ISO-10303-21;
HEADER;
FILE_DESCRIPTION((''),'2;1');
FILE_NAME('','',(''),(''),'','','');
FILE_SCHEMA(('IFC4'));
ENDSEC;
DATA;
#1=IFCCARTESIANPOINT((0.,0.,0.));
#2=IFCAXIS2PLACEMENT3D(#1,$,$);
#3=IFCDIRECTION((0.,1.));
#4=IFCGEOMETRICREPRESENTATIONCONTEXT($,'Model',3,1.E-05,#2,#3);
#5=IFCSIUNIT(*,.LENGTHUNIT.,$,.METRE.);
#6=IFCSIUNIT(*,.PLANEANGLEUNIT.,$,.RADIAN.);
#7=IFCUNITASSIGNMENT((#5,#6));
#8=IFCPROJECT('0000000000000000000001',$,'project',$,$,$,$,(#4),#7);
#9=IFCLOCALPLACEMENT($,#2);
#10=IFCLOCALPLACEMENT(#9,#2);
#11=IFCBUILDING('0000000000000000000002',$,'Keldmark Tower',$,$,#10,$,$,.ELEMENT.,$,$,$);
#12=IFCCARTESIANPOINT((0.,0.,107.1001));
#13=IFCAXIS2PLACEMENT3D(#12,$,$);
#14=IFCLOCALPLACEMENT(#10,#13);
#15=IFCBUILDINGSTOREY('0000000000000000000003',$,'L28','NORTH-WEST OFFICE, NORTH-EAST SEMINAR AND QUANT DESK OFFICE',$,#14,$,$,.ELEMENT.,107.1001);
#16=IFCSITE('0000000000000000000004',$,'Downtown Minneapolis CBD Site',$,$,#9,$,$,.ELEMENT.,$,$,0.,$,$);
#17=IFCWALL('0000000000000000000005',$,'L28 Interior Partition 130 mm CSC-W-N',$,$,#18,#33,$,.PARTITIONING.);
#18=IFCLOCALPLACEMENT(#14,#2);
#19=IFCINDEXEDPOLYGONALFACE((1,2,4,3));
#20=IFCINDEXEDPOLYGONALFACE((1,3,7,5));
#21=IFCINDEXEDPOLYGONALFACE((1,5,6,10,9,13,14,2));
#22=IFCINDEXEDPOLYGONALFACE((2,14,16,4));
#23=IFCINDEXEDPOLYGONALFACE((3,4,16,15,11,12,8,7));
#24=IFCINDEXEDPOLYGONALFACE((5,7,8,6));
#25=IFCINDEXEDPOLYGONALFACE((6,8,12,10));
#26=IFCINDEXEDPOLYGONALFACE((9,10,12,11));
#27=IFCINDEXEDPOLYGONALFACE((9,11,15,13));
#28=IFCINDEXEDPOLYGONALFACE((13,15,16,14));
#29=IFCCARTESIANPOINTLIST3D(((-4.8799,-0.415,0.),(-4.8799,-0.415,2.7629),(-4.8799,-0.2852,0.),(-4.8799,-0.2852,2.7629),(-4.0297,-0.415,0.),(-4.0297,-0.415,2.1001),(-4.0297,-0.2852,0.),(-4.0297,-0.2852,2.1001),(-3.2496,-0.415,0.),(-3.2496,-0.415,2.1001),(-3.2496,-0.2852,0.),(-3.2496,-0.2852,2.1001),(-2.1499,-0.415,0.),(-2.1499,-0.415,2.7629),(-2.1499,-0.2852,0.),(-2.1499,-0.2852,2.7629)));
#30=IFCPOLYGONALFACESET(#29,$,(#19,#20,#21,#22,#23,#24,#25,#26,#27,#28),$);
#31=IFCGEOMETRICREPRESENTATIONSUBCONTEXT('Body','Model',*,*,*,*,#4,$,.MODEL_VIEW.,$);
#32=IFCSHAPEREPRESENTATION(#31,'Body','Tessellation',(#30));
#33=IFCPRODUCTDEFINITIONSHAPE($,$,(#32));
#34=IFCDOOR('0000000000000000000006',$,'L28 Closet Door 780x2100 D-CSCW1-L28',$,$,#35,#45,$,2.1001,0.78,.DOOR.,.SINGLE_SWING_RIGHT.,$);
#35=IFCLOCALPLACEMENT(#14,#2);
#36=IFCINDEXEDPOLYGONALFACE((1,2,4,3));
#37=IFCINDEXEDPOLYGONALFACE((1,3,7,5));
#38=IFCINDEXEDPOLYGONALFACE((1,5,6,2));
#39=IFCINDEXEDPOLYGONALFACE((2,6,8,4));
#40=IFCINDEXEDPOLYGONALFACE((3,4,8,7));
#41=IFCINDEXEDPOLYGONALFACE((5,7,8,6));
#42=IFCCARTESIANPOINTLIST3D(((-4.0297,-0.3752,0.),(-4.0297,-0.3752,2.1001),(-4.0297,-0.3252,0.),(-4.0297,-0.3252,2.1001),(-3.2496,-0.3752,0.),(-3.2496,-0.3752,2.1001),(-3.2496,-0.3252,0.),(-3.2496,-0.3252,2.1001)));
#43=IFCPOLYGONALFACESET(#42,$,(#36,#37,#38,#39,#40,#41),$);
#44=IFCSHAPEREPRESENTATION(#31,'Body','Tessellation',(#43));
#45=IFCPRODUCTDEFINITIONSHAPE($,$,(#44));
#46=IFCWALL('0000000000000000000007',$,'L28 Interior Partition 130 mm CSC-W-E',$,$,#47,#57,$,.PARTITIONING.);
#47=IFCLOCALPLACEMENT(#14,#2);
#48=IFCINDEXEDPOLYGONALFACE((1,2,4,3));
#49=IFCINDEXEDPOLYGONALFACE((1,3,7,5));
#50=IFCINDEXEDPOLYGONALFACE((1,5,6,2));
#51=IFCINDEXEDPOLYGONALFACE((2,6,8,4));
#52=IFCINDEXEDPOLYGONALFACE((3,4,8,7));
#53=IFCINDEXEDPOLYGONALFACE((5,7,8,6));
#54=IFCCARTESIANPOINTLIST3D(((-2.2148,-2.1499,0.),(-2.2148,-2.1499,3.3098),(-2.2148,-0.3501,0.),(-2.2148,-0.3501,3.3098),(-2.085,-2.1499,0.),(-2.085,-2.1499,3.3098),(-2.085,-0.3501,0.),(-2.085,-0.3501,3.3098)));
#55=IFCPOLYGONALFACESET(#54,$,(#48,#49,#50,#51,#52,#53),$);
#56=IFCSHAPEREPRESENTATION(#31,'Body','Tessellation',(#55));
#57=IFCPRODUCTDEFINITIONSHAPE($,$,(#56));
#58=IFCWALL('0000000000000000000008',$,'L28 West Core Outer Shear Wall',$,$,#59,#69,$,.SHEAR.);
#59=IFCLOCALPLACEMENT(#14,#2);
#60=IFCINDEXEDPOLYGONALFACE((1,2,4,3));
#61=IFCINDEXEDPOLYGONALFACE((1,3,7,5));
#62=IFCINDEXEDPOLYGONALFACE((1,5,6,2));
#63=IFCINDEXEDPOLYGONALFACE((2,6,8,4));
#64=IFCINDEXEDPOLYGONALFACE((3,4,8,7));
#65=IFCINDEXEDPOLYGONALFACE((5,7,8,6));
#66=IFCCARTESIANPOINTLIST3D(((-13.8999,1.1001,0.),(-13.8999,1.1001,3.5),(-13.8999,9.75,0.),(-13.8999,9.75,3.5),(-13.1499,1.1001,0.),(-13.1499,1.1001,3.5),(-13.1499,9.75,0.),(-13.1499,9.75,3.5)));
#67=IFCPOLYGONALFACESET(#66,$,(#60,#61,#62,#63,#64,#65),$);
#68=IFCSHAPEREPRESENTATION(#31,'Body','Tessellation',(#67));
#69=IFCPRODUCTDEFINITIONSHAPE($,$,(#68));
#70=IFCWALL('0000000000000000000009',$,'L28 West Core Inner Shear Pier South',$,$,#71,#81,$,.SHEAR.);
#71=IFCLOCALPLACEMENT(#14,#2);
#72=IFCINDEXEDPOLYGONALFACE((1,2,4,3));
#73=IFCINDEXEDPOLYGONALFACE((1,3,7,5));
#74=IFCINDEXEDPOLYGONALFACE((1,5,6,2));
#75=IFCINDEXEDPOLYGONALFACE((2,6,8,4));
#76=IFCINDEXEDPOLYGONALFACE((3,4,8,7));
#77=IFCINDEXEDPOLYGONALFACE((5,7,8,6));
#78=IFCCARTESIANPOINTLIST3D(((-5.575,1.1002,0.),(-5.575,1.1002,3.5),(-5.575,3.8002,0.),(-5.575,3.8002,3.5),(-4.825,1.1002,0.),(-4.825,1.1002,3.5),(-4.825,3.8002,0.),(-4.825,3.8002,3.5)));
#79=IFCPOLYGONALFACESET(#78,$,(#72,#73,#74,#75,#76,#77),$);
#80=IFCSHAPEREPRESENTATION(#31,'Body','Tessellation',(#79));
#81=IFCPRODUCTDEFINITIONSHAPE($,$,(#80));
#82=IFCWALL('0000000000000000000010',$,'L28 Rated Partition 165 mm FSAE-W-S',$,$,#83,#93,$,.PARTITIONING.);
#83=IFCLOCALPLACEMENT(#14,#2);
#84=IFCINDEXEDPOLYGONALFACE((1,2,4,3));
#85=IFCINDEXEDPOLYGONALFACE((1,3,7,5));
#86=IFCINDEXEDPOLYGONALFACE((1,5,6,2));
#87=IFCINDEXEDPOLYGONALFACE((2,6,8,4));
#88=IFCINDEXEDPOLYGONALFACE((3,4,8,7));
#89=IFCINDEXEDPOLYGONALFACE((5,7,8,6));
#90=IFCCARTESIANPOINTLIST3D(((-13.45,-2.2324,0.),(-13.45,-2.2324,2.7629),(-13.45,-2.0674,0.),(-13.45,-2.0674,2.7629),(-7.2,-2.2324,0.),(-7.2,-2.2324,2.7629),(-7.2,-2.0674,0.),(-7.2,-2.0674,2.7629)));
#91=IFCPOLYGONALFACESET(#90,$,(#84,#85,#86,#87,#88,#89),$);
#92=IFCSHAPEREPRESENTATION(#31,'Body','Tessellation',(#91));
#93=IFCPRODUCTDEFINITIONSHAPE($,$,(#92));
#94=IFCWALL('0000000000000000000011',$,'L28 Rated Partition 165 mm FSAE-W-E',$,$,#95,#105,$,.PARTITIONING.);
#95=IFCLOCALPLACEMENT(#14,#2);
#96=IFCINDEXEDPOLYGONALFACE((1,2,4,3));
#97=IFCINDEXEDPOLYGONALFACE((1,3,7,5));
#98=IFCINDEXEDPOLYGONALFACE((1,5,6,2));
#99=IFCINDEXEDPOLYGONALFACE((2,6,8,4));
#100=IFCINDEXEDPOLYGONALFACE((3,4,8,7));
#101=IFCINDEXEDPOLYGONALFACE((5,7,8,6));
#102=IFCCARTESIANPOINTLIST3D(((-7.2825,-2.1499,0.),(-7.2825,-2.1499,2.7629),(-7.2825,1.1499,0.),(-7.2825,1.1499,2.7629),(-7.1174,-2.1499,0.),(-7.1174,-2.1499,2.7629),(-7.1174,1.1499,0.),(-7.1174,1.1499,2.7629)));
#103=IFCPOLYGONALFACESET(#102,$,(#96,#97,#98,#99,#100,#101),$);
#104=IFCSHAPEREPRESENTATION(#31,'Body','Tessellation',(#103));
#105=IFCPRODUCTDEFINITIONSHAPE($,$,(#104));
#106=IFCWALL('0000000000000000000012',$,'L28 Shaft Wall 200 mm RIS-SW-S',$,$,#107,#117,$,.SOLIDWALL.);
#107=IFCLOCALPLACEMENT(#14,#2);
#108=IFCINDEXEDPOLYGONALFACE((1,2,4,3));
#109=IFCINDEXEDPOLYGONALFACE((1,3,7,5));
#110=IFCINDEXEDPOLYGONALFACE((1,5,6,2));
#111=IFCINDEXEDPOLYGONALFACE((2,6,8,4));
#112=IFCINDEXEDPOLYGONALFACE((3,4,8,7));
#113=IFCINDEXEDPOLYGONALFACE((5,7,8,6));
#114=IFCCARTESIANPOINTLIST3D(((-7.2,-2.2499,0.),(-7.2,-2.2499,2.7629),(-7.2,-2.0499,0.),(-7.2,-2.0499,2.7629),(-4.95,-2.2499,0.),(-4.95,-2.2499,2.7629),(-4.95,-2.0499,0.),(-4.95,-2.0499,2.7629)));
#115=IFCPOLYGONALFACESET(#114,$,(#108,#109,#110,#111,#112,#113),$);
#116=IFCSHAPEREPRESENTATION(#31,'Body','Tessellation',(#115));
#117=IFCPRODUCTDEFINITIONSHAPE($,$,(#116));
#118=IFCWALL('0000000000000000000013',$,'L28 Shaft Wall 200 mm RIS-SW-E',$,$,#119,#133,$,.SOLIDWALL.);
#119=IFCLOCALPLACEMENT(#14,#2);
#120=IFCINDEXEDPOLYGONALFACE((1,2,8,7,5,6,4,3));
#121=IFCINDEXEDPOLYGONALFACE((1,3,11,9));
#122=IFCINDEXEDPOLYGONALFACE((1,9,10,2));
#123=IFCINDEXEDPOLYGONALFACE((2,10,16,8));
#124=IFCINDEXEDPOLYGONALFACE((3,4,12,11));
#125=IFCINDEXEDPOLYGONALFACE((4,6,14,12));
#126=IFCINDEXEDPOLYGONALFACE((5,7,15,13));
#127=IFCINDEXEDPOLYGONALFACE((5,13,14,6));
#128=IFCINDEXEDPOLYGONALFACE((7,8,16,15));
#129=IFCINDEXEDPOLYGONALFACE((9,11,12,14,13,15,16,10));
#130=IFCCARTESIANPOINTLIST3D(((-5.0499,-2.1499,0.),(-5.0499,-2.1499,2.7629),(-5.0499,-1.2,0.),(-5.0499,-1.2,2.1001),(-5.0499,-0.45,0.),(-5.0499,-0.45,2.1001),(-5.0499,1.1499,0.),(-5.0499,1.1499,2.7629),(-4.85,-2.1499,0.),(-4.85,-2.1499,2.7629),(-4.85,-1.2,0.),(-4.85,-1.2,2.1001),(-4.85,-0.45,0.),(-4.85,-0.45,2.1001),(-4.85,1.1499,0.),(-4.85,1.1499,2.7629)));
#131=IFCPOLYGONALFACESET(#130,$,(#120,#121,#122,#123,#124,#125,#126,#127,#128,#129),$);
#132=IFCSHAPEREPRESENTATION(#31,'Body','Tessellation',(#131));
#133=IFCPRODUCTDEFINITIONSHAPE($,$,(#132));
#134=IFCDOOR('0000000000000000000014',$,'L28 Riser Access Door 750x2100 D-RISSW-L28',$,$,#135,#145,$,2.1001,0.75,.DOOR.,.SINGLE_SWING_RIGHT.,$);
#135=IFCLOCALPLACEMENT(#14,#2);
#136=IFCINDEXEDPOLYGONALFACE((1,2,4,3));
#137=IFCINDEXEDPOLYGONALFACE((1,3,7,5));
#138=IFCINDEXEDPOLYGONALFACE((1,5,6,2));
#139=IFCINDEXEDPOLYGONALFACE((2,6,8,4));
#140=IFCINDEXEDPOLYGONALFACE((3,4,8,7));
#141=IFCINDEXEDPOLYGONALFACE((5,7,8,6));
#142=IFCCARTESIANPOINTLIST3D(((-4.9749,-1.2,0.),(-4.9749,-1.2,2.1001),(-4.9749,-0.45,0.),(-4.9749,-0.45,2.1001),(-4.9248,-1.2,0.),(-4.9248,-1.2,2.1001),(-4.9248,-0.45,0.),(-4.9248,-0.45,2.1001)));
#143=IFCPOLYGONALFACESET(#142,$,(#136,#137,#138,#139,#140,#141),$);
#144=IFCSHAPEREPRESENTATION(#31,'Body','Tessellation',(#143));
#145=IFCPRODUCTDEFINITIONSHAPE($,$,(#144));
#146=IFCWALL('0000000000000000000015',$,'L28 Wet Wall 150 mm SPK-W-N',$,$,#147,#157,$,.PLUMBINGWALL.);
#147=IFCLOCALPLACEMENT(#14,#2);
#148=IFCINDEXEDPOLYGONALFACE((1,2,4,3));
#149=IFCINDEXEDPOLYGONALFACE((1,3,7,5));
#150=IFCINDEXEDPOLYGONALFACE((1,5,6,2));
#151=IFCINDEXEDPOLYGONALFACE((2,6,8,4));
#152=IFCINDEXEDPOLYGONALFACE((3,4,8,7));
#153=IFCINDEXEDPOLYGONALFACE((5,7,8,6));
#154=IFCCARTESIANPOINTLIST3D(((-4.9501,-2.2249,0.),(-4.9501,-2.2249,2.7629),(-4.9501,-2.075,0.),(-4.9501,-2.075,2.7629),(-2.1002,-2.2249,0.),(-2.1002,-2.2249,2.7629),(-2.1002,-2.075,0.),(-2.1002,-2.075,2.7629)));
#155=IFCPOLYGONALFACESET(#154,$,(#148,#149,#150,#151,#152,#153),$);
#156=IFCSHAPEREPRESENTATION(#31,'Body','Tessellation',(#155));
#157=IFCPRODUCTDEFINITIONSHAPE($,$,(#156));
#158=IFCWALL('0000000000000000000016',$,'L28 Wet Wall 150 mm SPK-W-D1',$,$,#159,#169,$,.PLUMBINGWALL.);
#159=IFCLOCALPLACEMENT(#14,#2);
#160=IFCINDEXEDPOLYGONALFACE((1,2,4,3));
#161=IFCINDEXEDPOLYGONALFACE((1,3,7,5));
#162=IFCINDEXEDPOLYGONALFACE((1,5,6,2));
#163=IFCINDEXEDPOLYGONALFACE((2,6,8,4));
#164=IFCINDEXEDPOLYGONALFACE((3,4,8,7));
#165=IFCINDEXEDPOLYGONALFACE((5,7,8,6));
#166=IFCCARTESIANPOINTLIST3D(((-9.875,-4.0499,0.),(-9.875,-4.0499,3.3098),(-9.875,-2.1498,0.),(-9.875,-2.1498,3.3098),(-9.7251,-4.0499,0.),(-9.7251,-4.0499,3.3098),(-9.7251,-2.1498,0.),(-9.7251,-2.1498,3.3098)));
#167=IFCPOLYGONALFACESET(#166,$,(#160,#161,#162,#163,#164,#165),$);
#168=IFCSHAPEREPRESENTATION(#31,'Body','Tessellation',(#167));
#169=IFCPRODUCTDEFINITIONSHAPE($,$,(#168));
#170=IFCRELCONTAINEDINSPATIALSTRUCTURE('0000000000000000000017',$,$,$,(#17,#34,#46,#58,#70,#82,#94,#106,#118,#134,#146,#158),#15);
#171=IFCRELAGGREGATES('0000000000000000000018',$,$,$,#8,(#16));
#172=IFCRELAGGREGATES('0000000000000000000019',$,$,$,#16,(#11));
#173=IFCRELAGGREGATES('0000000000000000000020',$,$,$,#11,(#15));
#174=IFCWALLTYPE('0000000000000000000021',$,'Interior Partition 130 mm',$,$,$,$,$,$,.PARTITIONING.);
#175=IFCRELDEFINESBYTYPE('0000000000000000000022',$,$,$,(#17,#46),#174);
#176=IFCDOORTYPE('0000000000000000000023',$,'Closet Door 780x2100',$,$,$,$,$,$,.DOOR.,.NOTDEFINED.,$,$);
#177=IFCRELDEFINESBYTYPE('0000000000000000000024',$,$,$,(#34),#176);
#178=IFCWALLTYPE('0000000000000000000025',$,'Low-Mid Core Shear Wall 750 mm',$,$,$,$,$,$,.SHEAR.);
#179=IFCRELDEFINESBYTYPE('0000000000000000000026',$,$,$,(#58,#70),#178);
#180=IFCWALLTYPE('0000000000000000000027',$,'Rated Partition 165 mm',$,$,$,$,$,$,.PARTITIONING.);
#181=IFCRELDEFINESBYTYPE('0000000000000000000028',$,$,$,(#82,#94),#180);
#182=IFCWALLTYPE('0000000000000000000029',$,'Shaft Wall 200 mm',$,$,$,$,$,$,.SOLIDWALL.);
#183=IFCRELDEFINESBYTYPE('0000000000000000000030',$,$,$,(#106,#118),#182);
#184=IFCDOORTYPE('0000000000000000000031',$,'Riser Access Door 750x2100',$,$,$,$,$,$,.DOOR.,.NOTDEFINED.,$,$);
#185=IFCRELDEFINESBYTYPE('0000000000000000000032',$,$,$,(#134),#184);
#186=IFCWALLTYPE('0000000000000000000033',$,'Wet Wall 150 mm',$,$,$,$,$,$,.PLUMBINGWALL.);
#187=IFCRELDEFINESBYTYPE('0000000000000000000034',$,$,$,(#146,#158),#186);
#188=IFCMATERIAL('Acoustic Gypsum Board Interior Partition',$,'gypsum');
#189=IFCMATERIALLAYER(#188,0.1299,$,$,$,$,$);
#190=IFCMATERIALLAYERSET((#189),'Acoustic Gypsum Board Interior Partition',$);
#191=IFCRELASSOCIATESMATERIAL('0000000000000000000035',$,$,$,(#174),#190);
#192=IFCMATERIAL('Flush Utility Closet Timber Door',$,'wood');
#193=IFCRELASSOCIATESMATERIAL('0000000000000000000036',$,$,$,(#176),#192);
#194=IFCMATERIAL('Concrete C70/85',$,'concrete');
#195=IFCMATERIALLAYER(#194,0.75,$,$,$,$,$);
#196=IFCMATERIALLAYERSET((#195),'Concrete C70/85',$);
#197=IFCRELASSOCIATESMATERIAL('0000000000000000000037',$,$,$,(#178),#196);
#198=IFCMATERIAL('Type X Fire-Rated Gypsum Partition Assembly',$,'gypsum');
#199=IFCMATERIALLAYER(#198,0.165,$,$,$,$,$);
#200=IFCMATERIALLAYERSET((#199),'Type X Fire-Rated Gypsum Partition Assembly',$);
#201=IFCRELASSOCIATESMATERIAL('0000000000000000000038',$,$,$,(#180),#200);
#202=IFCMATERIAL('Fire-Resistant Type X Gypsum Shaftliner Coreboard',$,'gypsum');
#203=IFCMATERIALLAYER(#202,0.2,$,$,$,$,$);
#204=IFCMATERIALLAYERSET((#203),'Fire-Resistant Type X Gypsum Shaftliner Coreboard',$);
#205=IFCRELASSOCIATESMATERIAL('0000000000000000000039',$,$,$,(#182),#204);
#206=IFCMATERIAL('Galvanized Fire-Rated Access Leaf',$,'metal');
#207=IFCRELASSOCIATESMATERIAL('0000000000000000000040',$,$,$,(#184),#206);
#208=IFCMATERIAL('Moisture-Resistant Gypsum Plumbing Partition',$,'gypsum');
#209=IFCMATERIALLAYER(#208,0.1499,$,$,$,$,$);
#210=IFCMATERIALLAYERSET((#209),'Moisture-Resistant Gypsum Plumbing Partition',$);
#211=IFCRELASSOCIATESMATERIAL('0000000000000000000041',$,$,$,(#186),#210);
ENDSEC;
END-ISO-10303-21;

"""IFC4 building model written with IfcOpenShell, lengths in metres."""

from ifc_helpers import new_model, si_unit, direction, frame, frame_2d, origin, place, context, subcontext, project, spatial, rectangle, extrude, material, layer, layer_set, type_object, element, fill, save


model = new_model("IFC4")

# Units and contexts
model_context = context("Model", 3, precision=1e-05, world=origin(), true_north=direction((0.0, 1.0)))
body_context = subcontext(model_context, "Body", "Model", "MODEL_VIEW")
ifc_project = project(units=[si_unit("LENGTHUNIT", "METRE"), si_unit("PLANEANGLEUNIT", "RADIAN")], contexts=[model_context])

# Site, building, storey
site_placement = place(None, origin())
site = spatial("IfcSite", under=ifc_project, at=site_placement, Name="Downtown Minneapolis CBD Site", CompositionType="ELEMENT", RefElevation=0.0)
building_placement = place(site_placement, origin())
building = spatial("IfcBuilding", under=site, at=building_placement, Name="Keldmark Tower", CompositionType="ELEMENT")
storey_placement = place(building_placement, frame((0.0, 0.0, 107.1001)))
storey = spatial("IfcBuildingStorey", under=building, at=storey_placement, Name="L28", Description="NORTH-WEST OFFICE, NORTH-EAST SEMINAR AND QUANT DESK OFFICE", CompositionType="ELEMENT", Elevation=107.1001)

# Wall, opening, door
ifc_material_1 = material(Name="Acoustic Gypsum Board Interior Partition", Category="gypsum")
ifc_layer_1 = layer(ifc_material_1, 0.1299)
ifc_layer_set_1 = layer_set([ifc_layer_1], Name="Acoustic Gypsum Board Interior Partition")
wall_type_1 = type_object("IfcWallType", Name="Interior Partition 130 mm", PredefinedType="PARTITIONING", material=ifc_layer_set_1)
wall_1_placement = place(storey_placement, frame((-4.8799, -0.3501, 0.0), z_axis=(0.0, 0.0, 1.0), x_axis=(1.0, 0.0, 0.0)))
wall_1 = element("IfcWall", 1, at=wall_1_placement, inside=storey, type_object=wall_type_1, Name="L28 Interior Partition 130 mm CSC-W-N", PredefinedType="PARTITIONING", context=body_context, shape_type="SweptSolid", body=[
    extrude(rectangle(XDim=2.73, YDim=0.1299, at=frame_2d((1.365, 0.0))), origin(), (0.0, 0.0, 1.0), 2.7629),
])
opening_1_placement = place(wall_1_placement, frame((0.8501, 0.0, 0.0)))
opening_1 = element("IfcOpeningElement", 2, at=opening_1_placement, cuts=wall_1, PredefinedType="OPENING", context=body_context, shape_type="SweptSolid", body=[
    extrude(rectangle(XDim=0.78, YDim=2.1001, at=frame_2d((0.3901, 1.05))), frame((0.0, 0.075, 0.0), z_axis=(0.0, -1.0, 0.0), x_axis=(1.0, 0.0, 0.0)), (0.0, 0.0, 1.0), 0.1499),
])
ifc_material_2 = material(Name="Flush Utility Closet Timber Door", Category="wood")
door_type_1 = type_object("IfcDoorType", Name="Closet Door 780x2100", OperationType="NOTDEFINED", PredefinedType="DOOR", material=ifc_material_2)
door_1_placement = place(opening_1_placement, origin())
door_1 = element("IfcDoor", 3, at=door_1_placement, inside=storey, type_object=door_type_1, Name="L28 Closet Door 780x2100 D-CSCW1-L28", OperationType="SINGLE_SWING_RIGHT", OverallHeight=2.1001, OverallWidth=0.78, PredefinedType="DOOR", context=body_context, shape_type="SweptSolid", body=[
    extrude(rectangle(XDim=0.78, YDim=2.1001, at=frame_2d((0.3901, 1.05))), frame((0.0, 0.0249, 0.0), z_axis=(0.0, -1.0, 0.0), x_axis=(1.0, 0.0, 0.0)), (0.0, 0.0, 1.0), 0.05),
])
fill(opening_1, door_1)

# Walls
wall_2_placement = place(storey_placement, frame((-2.1499, -2.1499, 0.0), z_axis=(0.0, 0.0, 1.0), x_axis=(0.0, 1.0, 0.0)))
element("IfcWall", 4, at=wall_2_placement, inside=storey, type_object=wall_type_1, Name="L28 Interior Partition 130 mm CSC-W-E", PredefinedType="PARTITIONING", context=body_context, shape_type="SweptSolid", body=[
    extrude(rectangle(XDim=1.7998, YDim=0.1299, at=frame_2d((0.8999, 0.0))), origin(), (0.0, 0.0, 1.0), 3.3098),
])
ifc_material_3 = material(Name="Concrete C70/85", Category="concrete")
ifc_layer_2 = layer(ifc_material_3, 0.75)
ifc_layer_set_2 = layer_set([ifc_layer_2], Name="Concrete C70/85")
wall_type_2 = type_object("IfcWallType", Name="Low-Mid Core Shear Wall 750 mm", PredefinedType="SHEAR", material=ifc_layer_set_2)
wall_3_placement = place(storey_placement, frame((-13.5249, 1.1001, 0.0), z_axis=(0.0, 0.0, 1.0), x_axis=(0.0, 1.0, 0.0)))
element("IfcWall", 5, at=wall_3_placement, inside=storey, type_object=wall_type_2, Name="L28 West Core Outer Shear Wall", PredefinedType="SHEAR", context=body_context, shape_type="SweptSolid", body=[
    extrude(rectangle(XDim=8.6499, YDim=0.75, at=frame_2d((4.325, 0.0))), origin(), (0.0, 0.0, 1.0), 3.5),
])
wall_4_placement = place(storey_placement, frame((-5.2, 1.1001, 0.0), z_axis=(0.0, 0.0, 1.0), x_axis=(0.0, 1.0, 0.0)))
element("IfcWall", 6, at=wall_4_placement, inside=storey, type_object=wall_type_2, Name="L28 West Core Inner Shear Pier South", PredefinedType="SHEAR", context=body_context, shape_type="SweptSolid", body=[
    extrude(rectangle(XDim=2.7, YDim=0.75, at=frame_2d((1.3501, 0.0))), origin(), (0.0, 0.0, 1.0), 3.5),
])
ifc_material_4 = material(Name="Type X Fire-Rated Gypsum Partition Assembly", Category="gypsum")
ifc_layer_3 = layer(ifc_material_4, 0.165)
ifc_layer_set_3 = layer_set([ifc_layer_3], Name="Type X Fire-Rated Gypsum Partition Assembly")
wall_type_3 = type_object("IfcWallType", Name="Rated Partition 165 mm", PredefinedType="PARTITIONING", material=ifc_layer_set_3)
wall_5_placement = place(storey_placement, frame((-13.45, -2.1499, 0.0), z_axis=(0.0, 0.0, 1.0), x_axis=(1.0, 0.0, 0.0)))
element("IfcWall", 7, at=wall_5_placement, inside=storey, type_object=wall_type_3, Name="L28 Rated Partition 165 mm FSAE-W-S", PredefinedType="PARTITIONING", context=body_context, shape_type="SweptSolid", body=[
    extrude(rectangle(XDim=6.25, YDim=0.165, at=frame_2d((3.125, 0.0))), origin(), (0.0, 0.0, 1.0), 2.7629),
])

# Walls
wall_6_placement = place(storey_placement, frame((-7.2, -2.1499, 0.0), z_axis=(0.0, 0.0, 1.0), x_axis=(0.0, 1.0, 0.0)))
element("IfcWall", 8, at=wall_6_placement, inside=storey, type_object=wall_type_3, Name="L28 Rated Partition 165 mm FSAE-W-E", PredefinedType="PARTITIONING", context=body_context, shape_type="SweptSolid", body=[
    extrude(rectangle(XDim=3.2998, YDim=0.165, at=frame_2d((1.6499, 0.0))), origin(), (0.0, 0.0, 1.0), 2.7629),
])
ifc_material_5 = material(Name="Fire-Resistant Type X Gypsum Shaftliner Coreboard", Category="gypsum")
ifc_layer_4 = layer(ifc_material_5, 0.2)
ifc_layer_set_4 = layer_set([ifc_layer_4], Name="Fire-Resistant Type X Gypsum Shaftliner Coreboard")
wall_type_4 = type_object("IfcWallType", Name="Shaft Wall 200 mm", PredefinedType="SOLIDWALL", material=ifc_layer_set_4)
wall_7_placement = place(storey_placement, frame((-7.2, -2.1499, 0.0), z_axis=(0.0, 0.0, 1.0), x_axis=(1.0, 0.0, 0.0)))
element("IfcWall", 9, at=wall_7_placement, inside=storey, type_object=wall_type_4, Name="L28 Shaft Wall 200 mm RIS-SW-S", PredefinedType="SOLIDWALL", context=body_context, shape_type="SweptSolid", body=[
    extrude(rectangle(XDim=2.25, YDim=0.2, at=frame_2d((1.125, 0.0))), origin(), (0.0, 0.0, 1.0), 2.7629),
])

# Wall, opening, door
wall_8_placement = place(storey_placement, frame((-4.95, -2.1499, 0.0), z_axis=(0.0, 0.0, 1.0), x_axis=(0.0, 1.0, 0.0)))
wall_8 = element("IfcWall", 10, at=wall_8_placement, inside=storey, type_object=wall_type_4, Name="L28 Shaft Wall 200 mm RIS-SW-E", PredefinedType="SOLIDWALL", context=body_context, shape_type="SweptSolid", body=[
    extrude(rectangle(XDim=3.2998, YDim=0.2, at=frame_2d((1.6499, 0.0))), origin(), (0.0, 0.0, 1.0), 2.7629),
])
opening_2_placement = place(wall_8_placement, frame((0.95, 0.0, 0.0)))
opening_2 = element("IfcOpeningElement", 11, at=opening_2_placement, cuts=wall_8, PredefinedType="OPENING", context=body_context, shape_type="SweptSolid", body=[
    extrude(rectangle(XDim=0.75, YDim=2.1001, at=frame_2d((0.375, 1.05))), frame((0.0, 0.1099, 0.0), z_axis=(0.0, -1.0, 0.0), x_axis=(1.0, 0.0, 0.0)), (0.0, 0.0, 1.0), 0.22),
])
ifc_material_6 = material(Name="Galvanized Fire-Rated Access Leaf", Category="metal")
door_type_2 = type_object("IfcDoorType", Name="Riser Access Door 750x2100", OperationType="NOTDEFINED", PredefinedType="DOOR", material=ifc_material_6)
door_2_placement = place(opening_2_placement, origin())
door_2 = element("IfcDoor", 12, at=door_2_placement, inside=storey, type_object=door_type_2, Name="L28 Riser Access Door 750x2100 D-RISSW-L28", OperationType="SINGLE_SWING_RIGHT", OverallHeight=2.1001, OverallWidth=0.75, PredefinedType="DOOR", context=body_context, shape_type="SweptSolid", body=[
    extrude(rectangle(XDim=0.75, YDim=2.1001, at=frame_2d((0.375, 1.05))), frame((0.0, 0.0249, 0.0), z_axis=(0.0, -1.0, 0.0), x_axis=(1.0, 0.0, 0.0)), (0.0, 0.0, 1.0), 0.05),
])
fill(opening_2, door_2)

# Walls
ifc_material_7 = material(Name="Moisture-Resistant Gypsum Plumbing Partition", Category="gypsum")
ifc_layer_5 = layer(ifc_material_7, 0.1499)
ifc_layer_set_5 = layer_set([ifc_layer_5], Name="Moisture-Resistant Gypsum Plumbing Partition")
wall_type_5 = type_object("IfcWallType", Name="Wet Wall 150 mm", PredefinedType="PLUMBINGWALL", material=ifc_layer_set_5)
wall_9_placement = place(storey_placement, frame((-4.95, -2.1499, 0.0), z_axis=(0.0, 0.0, 1.0), x_axis=(1.0, 0.0, 0.0)))
element("IfcWall", 13, at=wall_9_placement, inside=storey, type_object=wall_type_5, Name="L28 Wet Wall 150 mm SPK-W-N", PredefinedType="PLUMBINGWALL", context=body_context, shape_type="SweptSolid", body=[
    extrude(rectangle(XDim=2.8499, YDim=0.1499, at=frame_2d((1.4248, 0.0))), origin(), (0.0, 0.0, 1.0), 2.7629),
])
wall_10_placement = place(storey_placement, frame((-9.8, -4.05, 0.0), z_axis=(0.0, 0.0, 1.0), x_axis=(0.0, 1.0, 0.0)))
element("IfcWall", 14, at=wall_10_placement, inside=storey, type_object=wall_type_5, Name="L28 Wet Wall 150 mm SPK-W-D1", PredefinedType="PLUMBINGWALL", context=body_context, shape_type="SweptSolid", body=[
    extrude(rectangle(XDim=1.9001, YDim=0.1499, at=frame_2d((0.9502, 0.0))), origin(), (0.0, 0.0, 1.0), 3.3098),
])

save(model, "model.ifc")
